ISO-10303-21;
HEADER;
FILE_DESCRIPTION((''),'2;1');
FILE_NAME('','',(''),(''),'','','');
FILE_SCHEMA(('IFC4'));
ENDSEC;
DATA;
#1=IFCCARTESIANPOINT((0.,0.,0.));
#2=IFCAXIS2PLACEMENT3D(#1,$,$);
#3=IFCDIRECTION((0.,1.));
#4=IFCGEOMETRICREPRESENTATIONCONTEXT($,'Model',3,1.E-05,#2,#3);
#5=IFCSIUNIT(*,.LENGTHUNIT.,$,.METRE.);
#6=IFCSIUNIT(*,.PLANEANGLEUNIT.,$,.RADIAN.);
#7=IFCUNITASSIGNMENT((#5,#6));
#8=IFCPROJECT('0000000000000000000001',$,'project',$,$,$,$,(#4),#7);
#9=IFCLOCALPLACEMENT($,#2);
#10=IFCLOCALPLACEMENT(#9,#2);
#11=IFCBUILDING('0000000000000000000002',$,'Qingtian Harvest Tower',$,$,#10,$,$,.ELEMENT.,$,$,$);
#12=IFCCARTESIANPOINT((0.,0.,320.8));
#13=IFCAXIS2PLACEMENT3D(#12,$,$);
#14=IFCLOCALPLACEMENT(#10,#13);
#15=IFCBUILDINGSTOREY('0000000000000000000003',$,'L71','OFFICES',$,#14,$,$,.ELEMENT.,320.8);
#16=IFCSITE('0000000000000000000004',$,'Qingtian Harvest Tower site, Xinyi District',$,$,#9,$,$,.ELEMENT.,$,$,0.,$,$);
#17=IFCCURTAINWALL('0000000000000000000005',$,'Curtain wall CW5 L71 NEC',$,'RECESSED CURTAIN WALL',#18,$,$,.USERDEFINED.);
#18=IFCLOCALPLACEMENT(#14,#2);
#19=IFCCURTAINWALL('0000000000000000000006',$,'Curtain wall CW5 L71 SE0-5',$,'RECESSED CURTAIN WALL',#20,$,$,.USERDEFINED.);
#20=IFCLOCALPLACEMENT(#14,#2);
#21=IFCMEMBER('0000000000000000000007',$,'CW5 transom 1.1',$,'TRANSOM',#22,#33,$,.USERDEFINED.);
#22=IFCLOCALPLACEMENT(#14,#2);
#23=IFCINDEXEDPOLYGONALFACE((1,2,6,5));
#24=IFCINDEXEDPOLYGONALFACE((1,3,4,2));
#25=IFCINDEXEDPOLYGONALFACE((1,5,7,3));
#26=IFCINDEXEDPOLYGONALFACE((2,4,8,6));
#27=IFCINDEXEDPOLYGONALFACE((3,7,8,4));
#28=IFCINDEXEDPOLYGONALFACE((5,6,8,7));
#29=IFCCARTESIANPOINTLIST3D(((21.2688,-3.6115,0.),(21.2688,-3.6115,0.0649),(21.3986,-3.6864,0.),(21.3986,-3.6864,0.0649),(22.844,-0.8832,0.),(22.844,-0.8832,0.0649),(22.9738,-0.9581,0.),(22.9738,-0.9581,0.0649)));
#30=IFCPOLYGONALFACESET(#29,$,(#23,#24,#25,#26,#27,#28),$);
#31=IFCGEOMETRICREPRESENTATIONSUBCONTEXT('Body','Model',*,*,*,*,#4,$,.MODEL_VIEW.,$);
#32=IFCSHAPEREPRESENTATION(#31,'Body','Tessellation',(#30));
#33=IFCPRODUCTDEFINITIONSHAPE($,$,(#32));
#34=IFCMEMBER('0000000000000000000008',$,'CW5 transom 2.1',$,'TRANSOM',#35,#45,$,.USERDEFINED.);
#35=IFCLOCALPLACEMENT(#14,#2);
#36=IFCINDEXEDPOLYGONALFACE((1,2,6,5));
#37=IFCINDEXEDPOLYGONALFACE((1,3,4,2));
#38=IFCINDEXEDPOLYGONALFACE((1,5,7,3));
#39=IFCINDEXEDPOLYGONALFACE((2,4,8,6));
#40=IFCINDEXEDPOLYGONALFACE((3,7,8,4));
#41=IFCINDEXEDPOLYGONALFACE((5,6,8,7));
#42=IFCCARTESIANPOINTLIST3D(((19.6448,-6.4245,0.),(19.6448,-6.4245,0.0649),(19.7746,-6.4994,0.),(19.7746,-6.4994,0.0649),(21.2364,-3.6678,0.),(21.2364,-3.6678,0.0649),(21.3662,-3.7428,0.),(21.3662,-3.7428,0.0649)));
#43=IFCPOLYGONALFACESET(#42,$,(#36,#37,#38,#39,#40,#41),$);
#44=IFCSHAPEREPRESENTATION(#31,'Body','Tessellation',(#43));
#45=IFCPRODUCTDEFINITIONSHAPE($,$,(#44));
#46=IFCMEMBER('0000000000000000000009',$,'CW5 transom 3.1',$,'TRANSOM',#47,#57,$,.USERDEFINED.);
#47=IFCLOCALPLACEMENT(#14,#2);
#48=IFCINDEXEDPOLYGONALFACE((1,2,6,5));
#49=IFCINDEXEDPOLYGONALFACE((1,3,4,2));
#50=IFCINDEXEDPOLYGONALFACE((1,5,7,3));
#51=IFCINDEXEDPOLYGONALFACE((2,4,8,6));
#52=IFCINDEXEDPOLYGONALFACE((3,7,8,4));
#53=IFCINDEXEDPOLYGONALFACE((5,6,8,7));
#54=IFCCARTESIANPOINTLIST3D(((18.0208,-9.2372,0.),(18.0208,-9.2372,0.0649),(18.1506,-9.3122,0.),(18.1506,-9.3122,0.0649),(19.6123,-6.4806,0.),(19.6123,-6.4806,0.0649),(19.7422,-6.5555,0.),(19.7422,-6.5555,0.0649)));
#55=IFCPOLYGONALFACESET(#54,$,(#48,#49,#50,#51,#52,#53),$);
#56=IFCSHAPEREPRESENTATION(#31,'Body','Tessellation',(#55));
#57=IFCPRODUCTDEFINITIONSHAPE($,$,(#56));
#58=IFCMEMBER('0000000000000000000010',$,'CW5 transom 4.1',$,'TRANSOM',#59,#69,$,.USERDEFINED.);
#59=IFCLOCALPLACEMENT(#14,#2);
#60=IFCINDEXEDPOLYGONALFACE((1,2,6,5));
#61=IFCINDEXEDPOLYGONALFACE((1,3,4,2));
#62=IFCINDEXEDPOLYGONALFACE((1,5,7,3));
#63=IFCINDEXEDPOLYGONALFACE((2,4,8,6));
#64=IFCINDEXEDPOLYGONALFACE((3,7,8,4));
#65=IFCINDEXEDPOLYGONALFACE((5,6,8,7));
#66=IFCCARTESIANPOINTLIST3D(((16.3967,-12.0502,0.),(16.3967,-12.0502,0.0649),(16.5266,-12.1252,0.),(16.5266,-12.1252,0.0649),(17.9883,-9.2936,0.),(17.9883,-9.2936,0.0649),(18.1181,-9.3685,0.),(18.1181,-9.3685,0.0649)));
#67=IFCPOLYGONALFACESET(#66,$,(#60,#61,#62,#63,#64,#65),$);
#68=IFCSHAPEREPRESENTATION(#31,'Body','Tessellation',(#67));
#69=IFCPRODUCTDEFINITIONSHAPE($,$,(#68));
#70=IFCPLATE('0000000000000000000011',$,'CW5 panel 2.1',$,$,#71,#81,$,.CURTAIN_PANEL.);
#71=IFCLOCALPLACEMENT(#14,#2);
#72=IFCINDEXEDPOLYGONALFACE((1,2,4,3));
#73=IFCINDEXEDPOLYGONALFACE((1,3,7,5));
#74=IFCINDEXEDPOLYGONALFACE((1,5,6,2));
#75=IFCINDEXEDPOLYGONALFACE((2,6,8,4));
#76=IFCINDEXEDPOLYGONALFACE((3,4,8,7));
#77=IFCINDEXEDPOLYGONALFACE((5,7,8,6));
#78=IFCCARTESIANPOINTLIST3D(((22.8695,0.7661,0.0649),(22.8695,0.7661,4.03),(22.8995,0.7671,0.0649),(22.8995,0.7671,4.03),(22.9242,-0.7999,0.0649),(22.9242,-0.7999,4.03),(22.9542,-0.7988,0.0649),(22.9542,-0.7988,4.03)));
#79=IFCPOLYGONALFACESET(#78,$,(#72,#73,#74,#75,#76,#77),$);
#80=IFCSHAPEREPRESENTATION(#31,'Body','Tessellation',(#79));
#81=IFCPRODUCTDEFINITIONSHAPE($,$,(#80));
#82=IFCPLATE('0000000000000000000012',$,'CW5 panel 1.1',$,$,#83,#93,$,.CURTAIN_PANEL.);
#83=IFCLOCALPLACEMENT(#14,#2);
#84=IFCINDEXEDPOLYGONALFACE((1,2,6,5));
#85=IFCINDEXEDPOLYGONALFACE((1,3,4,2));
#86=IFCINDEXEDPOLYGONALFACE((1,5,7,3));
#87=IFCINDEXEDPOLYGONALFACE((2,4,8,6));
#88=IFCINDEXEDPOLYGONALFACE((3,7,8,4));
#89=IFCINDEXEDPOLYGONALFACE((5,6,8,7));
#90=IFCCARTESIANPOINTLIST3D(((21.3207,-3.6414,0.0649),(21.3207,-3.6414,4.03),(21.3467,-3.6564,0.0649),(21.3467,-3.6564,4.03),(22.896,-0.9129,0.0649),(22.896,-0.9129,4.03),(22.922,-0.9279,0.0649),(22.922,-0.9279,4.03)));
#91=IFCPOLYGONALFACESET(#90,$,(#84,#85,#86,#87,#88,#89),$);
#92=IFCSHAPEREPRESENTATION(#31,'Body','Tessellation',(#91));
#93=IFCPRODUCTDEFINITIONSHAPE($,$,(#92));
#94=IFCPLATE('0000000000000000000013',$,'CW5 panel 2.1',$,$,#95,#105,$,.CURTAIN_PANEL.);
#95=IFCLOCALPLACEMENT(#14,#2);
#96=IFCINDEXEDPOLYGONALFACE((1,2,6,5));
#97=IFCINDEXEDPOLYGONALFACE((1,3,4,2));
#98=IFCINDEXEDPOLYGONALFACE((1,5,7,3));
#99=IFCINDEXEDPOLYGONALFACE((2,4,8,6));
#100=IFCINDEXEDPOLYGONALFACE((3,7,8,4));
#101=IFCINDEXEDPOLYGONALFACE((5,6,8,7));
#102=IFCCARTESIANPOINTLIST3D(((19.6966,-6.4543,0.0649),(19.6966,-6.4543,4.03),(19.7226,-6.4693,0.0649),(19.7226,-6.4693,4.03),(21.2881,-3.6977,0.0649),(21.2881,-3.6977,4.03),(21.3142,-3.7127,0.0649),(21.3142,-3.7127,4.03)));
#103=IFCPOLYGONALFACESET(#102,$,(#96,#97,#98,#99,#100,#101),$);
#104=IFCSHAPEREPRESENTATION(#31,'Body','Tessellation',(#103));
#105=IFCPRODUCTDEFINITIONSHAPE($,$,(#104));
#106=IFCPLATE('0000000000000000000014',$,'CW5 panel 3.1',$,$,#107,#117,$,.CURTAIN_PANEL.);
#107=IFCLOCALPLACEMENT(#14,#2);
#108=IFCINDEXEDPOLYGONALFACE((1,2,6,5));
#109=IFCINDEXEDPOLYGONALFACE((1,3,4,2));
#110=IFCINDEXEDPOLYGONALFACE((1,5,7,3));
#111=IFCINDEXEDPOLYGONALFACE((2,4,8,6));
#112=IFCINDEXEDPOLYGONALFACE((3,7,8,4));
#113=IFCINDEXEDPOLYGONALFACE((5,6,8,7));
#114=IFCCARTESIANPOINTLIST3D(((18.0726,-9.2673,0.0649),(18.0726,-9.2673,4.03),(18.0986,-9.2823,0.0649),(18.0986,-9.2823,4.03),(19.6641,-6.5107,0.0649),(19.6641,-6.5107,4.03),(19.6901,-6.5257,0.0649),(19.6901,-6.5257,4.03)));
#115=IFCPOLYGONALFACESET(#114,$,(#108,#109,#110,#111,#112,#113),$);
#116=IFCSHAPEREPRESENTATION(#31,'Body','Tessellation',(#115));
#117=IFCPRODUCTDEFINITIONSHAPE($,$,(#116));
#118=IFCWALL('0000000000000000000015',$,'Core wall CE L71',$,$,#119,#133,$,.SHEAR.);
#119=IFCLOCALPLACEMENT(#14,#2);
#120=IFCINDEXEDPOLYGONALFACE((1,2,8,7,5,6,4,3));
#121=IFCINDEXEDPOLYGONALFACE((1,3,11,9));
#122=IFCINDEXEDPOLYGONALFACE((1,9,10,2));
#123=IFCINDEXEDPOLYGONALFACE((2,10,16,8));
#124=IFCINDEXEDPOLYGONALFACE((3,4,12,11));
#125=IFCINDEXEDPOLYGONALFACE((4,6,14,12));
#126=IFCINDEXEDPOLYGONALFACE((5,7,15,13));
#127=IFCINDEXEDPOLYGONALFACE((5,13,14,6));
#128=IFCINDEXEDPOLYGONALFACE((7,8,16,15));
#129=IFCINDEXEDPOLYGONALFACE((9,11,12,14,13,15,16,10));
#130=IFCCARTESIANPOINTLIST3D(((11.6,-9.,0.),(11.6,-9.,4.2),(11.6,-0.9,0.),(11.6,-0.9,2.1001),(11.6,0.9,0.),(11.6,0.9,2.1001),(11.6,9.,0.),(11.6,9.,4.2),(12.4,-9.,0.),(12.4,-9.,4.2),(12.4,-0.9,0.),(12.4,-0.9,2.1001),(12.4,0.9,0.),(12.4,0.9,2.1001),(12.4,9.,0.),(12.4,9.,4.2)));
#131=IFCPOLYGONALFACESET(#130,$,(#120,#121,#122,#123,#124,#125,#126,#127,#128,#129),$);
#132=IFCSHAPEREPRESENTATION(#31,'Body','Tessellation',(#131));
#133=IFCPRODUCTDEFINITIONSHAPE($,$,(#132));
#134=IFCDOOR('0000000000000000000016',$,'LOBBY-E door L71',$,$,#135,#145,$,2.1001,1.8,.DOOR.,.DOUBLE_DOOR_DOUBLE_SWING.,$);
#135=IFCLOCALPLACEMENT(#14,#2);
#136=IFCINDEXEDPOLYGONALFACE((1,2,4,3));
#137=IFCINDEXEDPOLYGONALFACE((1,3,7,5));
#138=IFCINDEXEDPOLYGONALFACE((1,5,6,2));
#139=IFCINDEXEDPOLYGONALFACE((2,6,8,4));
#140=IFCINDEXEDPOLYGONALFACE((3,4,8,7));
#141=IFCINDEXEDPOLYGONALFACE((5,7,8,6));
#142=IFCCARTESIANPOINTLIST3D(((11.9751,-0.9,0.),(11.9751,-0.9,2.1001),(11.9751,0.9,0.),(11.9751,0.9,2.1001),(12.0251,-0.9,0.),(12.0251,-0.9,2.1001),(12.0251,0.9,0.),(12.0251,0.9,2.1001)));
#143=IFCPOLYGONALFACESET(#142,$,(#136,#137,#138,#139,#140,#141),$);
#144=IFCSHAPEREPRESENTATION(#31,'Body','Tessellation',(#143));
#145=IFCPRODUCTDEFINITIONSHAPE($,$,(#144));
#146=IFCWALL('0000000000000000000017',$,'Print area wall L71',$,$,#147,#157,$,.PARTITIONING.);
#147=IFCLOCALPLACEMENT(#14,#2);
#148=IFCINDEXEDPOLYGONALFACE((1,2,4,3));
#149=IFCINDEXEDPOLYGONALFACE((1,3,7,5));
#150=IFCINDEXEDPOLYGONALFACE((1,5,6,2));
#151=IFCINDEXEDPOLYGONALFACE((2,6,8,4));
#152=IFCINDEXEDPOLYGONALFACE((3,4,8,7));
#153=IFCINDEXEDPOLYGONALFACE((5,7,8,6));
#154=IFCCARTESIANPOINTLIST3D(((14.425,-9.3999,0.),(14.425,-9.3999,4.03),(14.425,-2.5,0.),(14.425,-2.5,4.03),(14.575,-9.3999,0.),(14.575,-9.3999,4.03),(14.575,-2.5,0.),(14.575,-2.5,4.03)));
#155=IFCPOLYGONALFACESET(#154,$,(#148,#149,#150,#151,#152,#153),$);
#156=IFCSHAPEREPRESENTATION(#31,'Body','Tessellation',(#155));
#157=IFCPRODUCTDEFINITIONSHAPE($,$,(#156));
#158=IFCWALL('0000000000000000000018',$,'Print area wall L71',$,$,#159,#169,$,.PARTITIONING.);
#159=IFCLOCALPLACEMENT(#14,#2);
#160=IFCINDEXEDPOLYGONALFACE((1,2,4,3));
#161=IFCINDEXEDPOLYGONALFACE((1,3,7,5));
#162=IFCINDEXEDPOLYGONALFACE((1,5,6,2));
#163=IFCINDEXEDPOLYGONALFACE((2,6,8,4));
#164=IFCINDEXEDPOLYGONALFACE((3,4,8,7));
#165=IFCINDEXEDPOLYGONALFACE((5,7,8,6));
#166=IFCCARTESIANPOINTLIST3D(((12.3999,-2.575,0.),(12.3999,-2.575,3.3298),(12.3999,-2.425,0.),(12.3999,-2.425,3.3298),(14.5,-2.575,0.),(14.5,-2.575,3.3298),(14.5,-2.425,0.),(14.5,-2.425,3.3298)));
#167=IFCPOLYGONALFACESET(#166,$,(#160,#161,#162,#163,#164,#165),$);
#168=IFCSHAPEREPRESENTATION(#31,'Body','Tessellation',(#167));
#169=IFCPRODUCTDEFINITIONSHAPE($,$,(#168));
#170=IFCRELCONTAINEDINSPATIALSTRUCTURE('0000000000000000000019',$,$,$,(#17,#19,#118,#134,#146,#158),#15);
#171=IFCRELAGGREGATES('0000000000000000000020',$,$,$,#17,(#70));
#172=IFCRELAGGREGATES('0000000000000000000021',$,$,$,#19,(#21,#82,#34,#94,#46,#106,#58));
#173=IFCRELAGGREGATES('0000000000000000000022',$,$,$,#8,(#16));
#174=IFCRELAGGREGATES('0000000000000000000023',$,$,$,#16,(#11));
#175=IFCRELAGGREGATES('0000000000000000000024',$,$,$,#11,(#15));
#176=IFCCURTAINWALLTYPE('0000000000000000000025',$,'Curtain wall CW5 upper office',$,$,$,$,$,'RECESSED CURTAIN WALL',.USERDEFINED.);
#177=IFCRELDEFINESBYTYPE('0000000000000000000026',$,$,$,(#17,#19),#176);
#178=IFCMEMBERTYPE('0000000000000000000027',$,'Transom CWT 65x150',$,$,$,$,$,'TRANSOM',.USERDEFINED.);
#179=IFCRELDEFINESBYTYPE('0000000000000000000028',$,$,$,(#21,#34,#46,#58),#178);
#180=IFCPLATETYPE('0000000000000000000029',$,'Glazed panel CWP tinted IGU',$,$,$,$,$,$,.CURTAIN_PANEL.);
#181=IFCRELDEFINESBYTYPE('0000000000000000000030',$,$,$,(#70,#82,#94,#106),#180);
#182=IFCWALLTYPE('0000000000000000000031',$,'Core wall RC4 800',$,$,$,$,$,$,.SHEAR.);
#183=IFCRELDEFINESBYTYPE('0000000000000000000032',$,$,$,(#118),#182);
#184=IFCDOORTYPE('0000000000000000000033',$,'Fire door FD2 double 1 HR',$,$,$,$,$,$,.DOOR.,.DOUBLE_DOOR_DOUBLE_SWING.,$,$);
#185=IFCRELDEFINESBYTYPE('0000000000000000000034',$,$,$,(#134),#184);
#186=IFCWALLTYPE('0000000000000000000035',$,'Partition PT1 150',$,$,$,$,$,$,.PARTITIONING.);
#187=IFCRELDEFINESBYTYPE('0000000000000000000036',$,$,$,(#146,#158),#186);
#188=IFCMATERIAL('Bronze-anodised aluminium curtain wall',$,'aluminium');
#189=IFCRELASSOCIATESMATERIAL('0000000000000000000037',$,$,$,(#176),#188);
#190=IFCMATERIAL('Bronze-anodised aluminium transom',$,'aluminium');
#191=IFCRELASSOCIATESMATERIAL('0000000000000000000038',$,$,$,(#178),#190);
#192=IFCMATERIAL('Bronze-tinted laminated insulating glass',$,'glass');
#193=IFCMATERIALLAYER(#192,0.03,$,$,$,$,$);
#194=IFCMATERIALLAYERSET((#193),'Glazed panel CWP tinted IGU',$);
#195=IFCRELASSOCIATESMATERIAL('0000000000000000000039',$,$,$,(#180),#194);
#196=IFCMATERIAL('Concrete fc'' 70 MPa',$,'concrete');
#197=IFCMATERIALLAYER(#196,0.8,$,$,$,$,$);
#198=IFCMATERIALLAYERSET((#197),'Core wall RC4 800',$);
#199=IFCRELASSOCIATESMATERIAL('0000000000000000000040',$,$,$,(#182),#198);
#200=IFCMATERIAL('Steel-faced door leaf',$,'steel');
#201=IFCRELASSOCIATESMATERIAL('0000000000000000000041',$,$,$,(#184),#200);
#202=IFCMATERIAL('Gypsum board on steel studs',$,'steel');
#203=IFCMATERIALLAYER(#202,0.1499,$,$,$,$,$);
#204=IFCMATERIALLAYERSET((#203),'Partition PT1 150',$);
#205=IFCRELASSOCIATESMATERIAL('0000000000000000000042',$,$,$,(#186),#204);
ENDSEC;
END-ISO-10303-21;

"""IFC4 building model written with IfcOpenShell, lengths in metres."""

from ifc_helpers import new_model, si_unit, direction, frame, frame_2d, origin, origin_2d, place, context, subcontext, project, spatial, rectangle, extrude, material, layer, layer_set, material_profile, profile_set, type_object, element, fill, aggregate, save


model = new_model("IFC4")

# Units and contexts
model_context = context("Model", 3, precision=1e-05, world=origin(), true_north=direction((0.0, 1.0)))
body_context = subcontext(model_context, "Body", "Model", "MODEL_VIEW")
ifc_project = project(units=[si_unit("LENGTHUNIT", "METRE"), si_unit("PLANEANGLEUNIT", "RADIAN")], contexts=[model_context])

# Site, building, storey
site_placement = place(None, origin())
site = spatial("IfcSite", under=ifc_project, at=site_placement, Name="Qingtian Harvest Tower site, Xinyi District", CompositionType="ELEMENT", RefElevation=0.0)
building_placement = place(site_placement, origin())
building = spatial("IfcBuilding", under=site, at=building_placement, Name="Qingtian Harvest Tower", CompositionType="ELEMENT")
storey_placement = place(building_placement, frame((0.0, 0.0, 320.8)))
storey = spatial("IfcBuildingStorey", under=building, at=storey_placement, Name="L71", Description="OFFICES", CompositionType="ELEMENT", Elevation=320.8)

# Curtain wall
ifc_material_1 = material(Name="Bronze-anodised aluminium curtain wall", Category="aluminium")
curtain_wall_type = type_object("IfcCurtainWallType", Name="Curtain wall CW5 upper office", ElementType="RECESSED CURTAIN WALL", PredefinedType="USERDEFINED", material=ifc_material_1)
curtain_wall_1_placement = place(storey_placement, origin())
curtain_wall_1 = element("IfcCurtainWall", 1, at=curtain_wall_1_placement, inside=storey, type_object=curtain_wall_type, Name="Curtain wall CW5 L71 NEC", ObjectType="RECESSED CURTAIN WALL", PredefinedType="USERDEFINED")

# Curtain wall
curtain_wall_2_placement = place(storey_placement, origin())
curtain_wall_2 = element("IfcCurtainWall", 2, at=curtain_wall_2_placement, inside=storey, type_object=curtain_wall_type, Name="Curtain wall CW5 L71 SE0-5", ObjectType="RECESSED CURTAIN WALL", PredefinedType="USERDEFINED")

# Members
ifc_material_2 = material(Name="Bronze-anodised aluminium transom", Category="aluminium")
ifc_material_profile_1 = material_profile(ifc_material_2, rectangle(XDim=0.1499, YDim=0.0649, at=origin_2d()), Name="AL 65x150")
ifc_profile_set_1 = profile_set([ifc_material_profile_1], Name="Bronze-anodised aluminium transom")
member_type_1 = type_object("IfcMemberType", Name="Transom CWT 65x150", ElementType="TRANSOM", PredefinedType="USERDEFINED", material=ifc_profile_set_1)
member_1_placement = place(storey_placement, frame((22.9089, -0.9207, 0.0325), z_axis=(-0.500006, -0.866022, 0.0), x_axis=(0.866022, -0.500006, 0.0)))
member_1 = element("IfcMember", 3, at=member_1_placement, type_object=member_type_1, Name="CW5 transom 1.1", ObjectType="TRANSOM", PredefinedType="USERDEFINED", context=body_context, shape_type="SweptSolid", body=[
    extrude(rectangle(XDim=0.1499, YDim=0.0649, at=origin_2d()), origin(), (0.0, 0.0, 1.0), 3.1504),
])
member_2_placement = place(storey_placement, frame((21.3013, -3.7053, 0.0325), z_axis=(-0.500008, -0.866021, 0.0), x_axis=(0.866021, -0.500008, 0.0)))
member_2 = element("IfcMember", 4, at=member_2_placement, type_object=member_type_1, Name="CW5 transom 2.1", ObjectType="TRANSOM", PredefinedType="USERDEFINED", context=body_context, shape_type="SweptSolid", body=[
    extrude(rectangle(XDim=0.1499, YDim=0.0649, at=origin_2d()), origin(), (0.0, 0.0, 1.0), 3.1831),
])
member_3_placement = place(storey_placement, frame((19.6772, -6.5181, 0.0325), z_axis=(-0.500008, -0.866021, 0.0), x_axis=(0.866021, -0.500008, 0.0)))
member_3 = element("IfcMember", 5, at=member_3_placement, type_object=member_type_1, Name="CW5 transom 3.1", ObjectType="TRANSOM", PredefinedType="USERDEFINED", context=body_context, shape_type="SweptSolid", body=[
    extrude(rectangle(XDim=0.1499, YDim=0.0649, at=origin_2d()), origin(), (0.0, 0.0, 1.0), 3.1831),
])
member_4_placement = place(storey_placement, frame((18.0532, -9.3311, 0.0325), z_axis=(-0.500008, -0.866021, 0.0), x_axis=(0.866021, -0.500008, 0.0)))
member_4 = element("IfcMember", 6, at=member_4_placement, type_object=member_type_1, Name="CW5 transom 4.1", ObjectType="TRANSOM", PredefinedType="USERDEFINED", context=body_context, shape_type="SweptSolid", body=[
    extrude(rectangle(XDim=0.1499, YDim=0.0649, at=origin_2d()), origin(), (0.0, 0.0, 1.0), 3.1831),
])

# Plates
ifc_material_3 = material(Name="Bronze-tinted laminated insulating glass", Category="glass")
ifc_layer_1 = layer(ifc_material_3, 0.03)
ifc_layer_set_1 = layer_set([ifc_layer_1], Name="Glazed panel CWP tinted IGU")
plate_type = type_object("IfcPlateType", Name="Glazed panel CWP tinted IGU", PredefinedType="CURTAIN_PANEL", material=ifc_layer_set_1)
plate_1_placement = place(storey_placement, frame((22.9119, -0.0164, 0.0649), z_axis=(0.0, 0.0, 1.0), x_axis=(0.034899, -0.999391, 0.0)))
plate_1 = element("IfcPlate", 7, at=plate_1_placement, type_object=plate_type, Name="CW5 panel 2.1", PredefinedType="CURTAIN_PANEL", context=body_context, shape_type="SweptSolid", body=[
    extrude(rectangle(XDim=1.5669, YDim=0.03, at=origin_2d()), origin(), (0.0, 0.0, 1.0), 3.9651),
])
aggregate(curtain_wall_1, [plate_1])
plate_2_placement = place(storey_placement, frame((22.1213, -2.2847, 0.0649), z_axis=(0.0, 0.0, 1.0), x_axis=(-0.5, -0.866025, 0.0)))
plate_2 = element("IfcPlate", 8, at=plate_2_placement, type_object=plate_type, Name="CW5 panel 1.1", PredefinedType="CURTAIN_PANEL", context=body_context, shape_type="SweptSolid", body=[
    extrude(rectangle(XDim=3.1506, YDim=0.03, at=origin_2d()), origin(), (0.0, 0.0, 1.0), 3.9651),
])
plate_3_placement = place(storey_placement, frame((20.5054, -5.0835, 0.0649), z_axis=(0.0, 0.0, 1.0), x_axis=(-0.5, -0.866025, 0.0)))
plate_3 = element("IfcPlate", 9, at=plate_3_placement, type_object=plate_type, Name="CW5 panel 2.1", PredefinedType="CURTAIN_PANEL", context=body_context, shape_type="SweptSolid", body=[
    extrude(rectangle(XDim=3.1831, YDim=0.03, at=origin_2d()), origin(), (0.0, 0.0, 1.0), 3.9651),
])
plate_4_placement = place(storey_placement, frame((18.8813, -7.8965, 0.0649), z_axis=(0.0, 0.0, 1.0), x_axis=(-0.5, -0.866025, 0.0)))
plate_4 = element("IfcPlate", 10, at=plate_4_placement, type_object=plate_type, Name="CW5 panel 3.1", PredefinedType="CURTAIN_PANEL", context=body_context, shape_type="SweptSolid", body=[
    extrude(rectangle(XDim=3.1831, YDim=0.03, at=origin_2d()), origin(), (0.0, 0.0, 1.0), 3.9651),
])
aggregate(curtain_wall_2, [member_1, plate_2, member_2, plate_3, member_3, plate_4, member_4])

# Wall, opening, door
ifc_material_4 = material(Name="Concrete fc' 70 MPa", Category="concrete")
ifc_layer_2 = layer(ifc_material_4, 0.8)
ifc_layer_set_2 = layer_set([ifc_layer_2], Name="Core wall RC4 800")
wall_type_1 = type_object("IfcWallType", Name="Core wall RC4 800", PredefinedType="SHEAR", material=ifc_layer_set_2)
wall_1_placement = place(storey_placement, frame((12.0, -9.0, 0.0), z_axis=(0.0, 0.0, 1.0), x_axis=(0.0, 1.0, 0.0)))
wall_1 = element("IfcWall", 11, at=wall_1_placement, inside=storey, type_object=wall_type_1, Name="Core wall CE L71", PredefinedType="SHEAR", context=body_context, shape_type="SweptSolid", body=[
    extrude(rectangle(XDim=18.0, YDim=0.8, at=frame_2d((9.0, 0.0))), origin(), (0.0, 0.0, 1.0), 4.2),
])
opening_placement = place(wall_1_placement, frame((8.1001, 0.0, 0.0)))
opening = element("IfcOpeningElement", 12, at=opening_placement, cuts=wall_1, PredefinedType="OPENING", context=body_context, shape_type="SweptSolid", body=[
    extrude(rectangle(XDim=1.8, YDim=2.1001, at=frame_2d((0.8999, 1.05))), frame((0.0, 0.4099, 0.0), z_axis=(0.0, -1.0, 0.0), x_axis=(1.0, 0.0, 0.0)), (0.0, 0.0, 1.0), 0.8201),
])
ifc_material_5 = material(Name="Steel-faced door leaf", Category="steel")
door_type = type_object("IfcDoorType", Name="Fire door FD2 double 1 HR", OperationType="DOUBLE_DOOR_DOUBLE_SWING", PredefinedType="DOOR", material=ifc_material_5)
door_placement = place(opening_placement, origin())
door = element("IfcDoor", 13, at=door_placement, inside=storey, type_object=door_type, Name="LOBBY-E door L71", OperationType="DOUBLE_DOOR_DOUBLE_SWING", OverallHeight=2.1001, OverallWidth=1.8, PredefinedType="DOOR", context=body_context, shape_type="SweptSolid", body=[
    extrude(rectangle(XDim=1.8, YDim=2.1001, at=frame_2d((0.8999, 1.05))), frame((0.0, 0.0249, 0.0), z_axis=(0.0, -1.0, 0.0), x_axis=(1.0, 0.0, 0.0)), (0.0, 0.0, 1.0), 0.05),
])
fill(opening, door)

# Walls
ifc_material_6 = material(Name="Gypsum board on steel studs", Category="steel")
ifc_layer_3 = layer(ifc_material_6, 0.1499)
ifc_layer_set_3 = layer_set([ifc_layer_3], Name="Partition PT1 150")
wall_type_2 = type_object("IfcWallType", Name="Partition PT1 150", PredefinedType="PARTITIONING", material=ifc_layer_set_3)
wall_2_placement = place(storey_placement, frame((14.5, -9.3999, 0.0), z_axis=(0.0, 0.0, 1.0), x_axis=(0.0, 1.0, 0.0)))
element("IfcWall", 14, at=wall_2_placement, inside=storey, type_object=wall_type_2, Name="Print area wall L71", PredefinedType="PARTITIONING", context=body_context, shape_type="SweptSolid", body=[
    extrude(rectangle(XDim=6.8999, YDim=0.1499, at=frame_2d((3.45, 0.0))), origin(), (0.0, 0.0, 1.0), 4.03),
])
wall_3_placement = place(storey_placement, frame((12.3999, -2.5, 0.0), z_axis=(0.0, 0.0, 1.0), x_axis=(1.0, 0.0, 0.0)))
element("IfcWall", 15, at=wall_3_placement, inside=storey, type_object=wall_type_2, Name="Print area wall L71", PredefinedType="PARTITIONING", context=body_context, shape_type="SweptSolid", body=[
    extrude(rectangle(XDim=2.1001, YDim=0.1499, at=frame_2d((1.05, 0.0))), origin(), (0.0, 0.0, 1.0), 3.3298),
])

save(model, "model.ifc")
